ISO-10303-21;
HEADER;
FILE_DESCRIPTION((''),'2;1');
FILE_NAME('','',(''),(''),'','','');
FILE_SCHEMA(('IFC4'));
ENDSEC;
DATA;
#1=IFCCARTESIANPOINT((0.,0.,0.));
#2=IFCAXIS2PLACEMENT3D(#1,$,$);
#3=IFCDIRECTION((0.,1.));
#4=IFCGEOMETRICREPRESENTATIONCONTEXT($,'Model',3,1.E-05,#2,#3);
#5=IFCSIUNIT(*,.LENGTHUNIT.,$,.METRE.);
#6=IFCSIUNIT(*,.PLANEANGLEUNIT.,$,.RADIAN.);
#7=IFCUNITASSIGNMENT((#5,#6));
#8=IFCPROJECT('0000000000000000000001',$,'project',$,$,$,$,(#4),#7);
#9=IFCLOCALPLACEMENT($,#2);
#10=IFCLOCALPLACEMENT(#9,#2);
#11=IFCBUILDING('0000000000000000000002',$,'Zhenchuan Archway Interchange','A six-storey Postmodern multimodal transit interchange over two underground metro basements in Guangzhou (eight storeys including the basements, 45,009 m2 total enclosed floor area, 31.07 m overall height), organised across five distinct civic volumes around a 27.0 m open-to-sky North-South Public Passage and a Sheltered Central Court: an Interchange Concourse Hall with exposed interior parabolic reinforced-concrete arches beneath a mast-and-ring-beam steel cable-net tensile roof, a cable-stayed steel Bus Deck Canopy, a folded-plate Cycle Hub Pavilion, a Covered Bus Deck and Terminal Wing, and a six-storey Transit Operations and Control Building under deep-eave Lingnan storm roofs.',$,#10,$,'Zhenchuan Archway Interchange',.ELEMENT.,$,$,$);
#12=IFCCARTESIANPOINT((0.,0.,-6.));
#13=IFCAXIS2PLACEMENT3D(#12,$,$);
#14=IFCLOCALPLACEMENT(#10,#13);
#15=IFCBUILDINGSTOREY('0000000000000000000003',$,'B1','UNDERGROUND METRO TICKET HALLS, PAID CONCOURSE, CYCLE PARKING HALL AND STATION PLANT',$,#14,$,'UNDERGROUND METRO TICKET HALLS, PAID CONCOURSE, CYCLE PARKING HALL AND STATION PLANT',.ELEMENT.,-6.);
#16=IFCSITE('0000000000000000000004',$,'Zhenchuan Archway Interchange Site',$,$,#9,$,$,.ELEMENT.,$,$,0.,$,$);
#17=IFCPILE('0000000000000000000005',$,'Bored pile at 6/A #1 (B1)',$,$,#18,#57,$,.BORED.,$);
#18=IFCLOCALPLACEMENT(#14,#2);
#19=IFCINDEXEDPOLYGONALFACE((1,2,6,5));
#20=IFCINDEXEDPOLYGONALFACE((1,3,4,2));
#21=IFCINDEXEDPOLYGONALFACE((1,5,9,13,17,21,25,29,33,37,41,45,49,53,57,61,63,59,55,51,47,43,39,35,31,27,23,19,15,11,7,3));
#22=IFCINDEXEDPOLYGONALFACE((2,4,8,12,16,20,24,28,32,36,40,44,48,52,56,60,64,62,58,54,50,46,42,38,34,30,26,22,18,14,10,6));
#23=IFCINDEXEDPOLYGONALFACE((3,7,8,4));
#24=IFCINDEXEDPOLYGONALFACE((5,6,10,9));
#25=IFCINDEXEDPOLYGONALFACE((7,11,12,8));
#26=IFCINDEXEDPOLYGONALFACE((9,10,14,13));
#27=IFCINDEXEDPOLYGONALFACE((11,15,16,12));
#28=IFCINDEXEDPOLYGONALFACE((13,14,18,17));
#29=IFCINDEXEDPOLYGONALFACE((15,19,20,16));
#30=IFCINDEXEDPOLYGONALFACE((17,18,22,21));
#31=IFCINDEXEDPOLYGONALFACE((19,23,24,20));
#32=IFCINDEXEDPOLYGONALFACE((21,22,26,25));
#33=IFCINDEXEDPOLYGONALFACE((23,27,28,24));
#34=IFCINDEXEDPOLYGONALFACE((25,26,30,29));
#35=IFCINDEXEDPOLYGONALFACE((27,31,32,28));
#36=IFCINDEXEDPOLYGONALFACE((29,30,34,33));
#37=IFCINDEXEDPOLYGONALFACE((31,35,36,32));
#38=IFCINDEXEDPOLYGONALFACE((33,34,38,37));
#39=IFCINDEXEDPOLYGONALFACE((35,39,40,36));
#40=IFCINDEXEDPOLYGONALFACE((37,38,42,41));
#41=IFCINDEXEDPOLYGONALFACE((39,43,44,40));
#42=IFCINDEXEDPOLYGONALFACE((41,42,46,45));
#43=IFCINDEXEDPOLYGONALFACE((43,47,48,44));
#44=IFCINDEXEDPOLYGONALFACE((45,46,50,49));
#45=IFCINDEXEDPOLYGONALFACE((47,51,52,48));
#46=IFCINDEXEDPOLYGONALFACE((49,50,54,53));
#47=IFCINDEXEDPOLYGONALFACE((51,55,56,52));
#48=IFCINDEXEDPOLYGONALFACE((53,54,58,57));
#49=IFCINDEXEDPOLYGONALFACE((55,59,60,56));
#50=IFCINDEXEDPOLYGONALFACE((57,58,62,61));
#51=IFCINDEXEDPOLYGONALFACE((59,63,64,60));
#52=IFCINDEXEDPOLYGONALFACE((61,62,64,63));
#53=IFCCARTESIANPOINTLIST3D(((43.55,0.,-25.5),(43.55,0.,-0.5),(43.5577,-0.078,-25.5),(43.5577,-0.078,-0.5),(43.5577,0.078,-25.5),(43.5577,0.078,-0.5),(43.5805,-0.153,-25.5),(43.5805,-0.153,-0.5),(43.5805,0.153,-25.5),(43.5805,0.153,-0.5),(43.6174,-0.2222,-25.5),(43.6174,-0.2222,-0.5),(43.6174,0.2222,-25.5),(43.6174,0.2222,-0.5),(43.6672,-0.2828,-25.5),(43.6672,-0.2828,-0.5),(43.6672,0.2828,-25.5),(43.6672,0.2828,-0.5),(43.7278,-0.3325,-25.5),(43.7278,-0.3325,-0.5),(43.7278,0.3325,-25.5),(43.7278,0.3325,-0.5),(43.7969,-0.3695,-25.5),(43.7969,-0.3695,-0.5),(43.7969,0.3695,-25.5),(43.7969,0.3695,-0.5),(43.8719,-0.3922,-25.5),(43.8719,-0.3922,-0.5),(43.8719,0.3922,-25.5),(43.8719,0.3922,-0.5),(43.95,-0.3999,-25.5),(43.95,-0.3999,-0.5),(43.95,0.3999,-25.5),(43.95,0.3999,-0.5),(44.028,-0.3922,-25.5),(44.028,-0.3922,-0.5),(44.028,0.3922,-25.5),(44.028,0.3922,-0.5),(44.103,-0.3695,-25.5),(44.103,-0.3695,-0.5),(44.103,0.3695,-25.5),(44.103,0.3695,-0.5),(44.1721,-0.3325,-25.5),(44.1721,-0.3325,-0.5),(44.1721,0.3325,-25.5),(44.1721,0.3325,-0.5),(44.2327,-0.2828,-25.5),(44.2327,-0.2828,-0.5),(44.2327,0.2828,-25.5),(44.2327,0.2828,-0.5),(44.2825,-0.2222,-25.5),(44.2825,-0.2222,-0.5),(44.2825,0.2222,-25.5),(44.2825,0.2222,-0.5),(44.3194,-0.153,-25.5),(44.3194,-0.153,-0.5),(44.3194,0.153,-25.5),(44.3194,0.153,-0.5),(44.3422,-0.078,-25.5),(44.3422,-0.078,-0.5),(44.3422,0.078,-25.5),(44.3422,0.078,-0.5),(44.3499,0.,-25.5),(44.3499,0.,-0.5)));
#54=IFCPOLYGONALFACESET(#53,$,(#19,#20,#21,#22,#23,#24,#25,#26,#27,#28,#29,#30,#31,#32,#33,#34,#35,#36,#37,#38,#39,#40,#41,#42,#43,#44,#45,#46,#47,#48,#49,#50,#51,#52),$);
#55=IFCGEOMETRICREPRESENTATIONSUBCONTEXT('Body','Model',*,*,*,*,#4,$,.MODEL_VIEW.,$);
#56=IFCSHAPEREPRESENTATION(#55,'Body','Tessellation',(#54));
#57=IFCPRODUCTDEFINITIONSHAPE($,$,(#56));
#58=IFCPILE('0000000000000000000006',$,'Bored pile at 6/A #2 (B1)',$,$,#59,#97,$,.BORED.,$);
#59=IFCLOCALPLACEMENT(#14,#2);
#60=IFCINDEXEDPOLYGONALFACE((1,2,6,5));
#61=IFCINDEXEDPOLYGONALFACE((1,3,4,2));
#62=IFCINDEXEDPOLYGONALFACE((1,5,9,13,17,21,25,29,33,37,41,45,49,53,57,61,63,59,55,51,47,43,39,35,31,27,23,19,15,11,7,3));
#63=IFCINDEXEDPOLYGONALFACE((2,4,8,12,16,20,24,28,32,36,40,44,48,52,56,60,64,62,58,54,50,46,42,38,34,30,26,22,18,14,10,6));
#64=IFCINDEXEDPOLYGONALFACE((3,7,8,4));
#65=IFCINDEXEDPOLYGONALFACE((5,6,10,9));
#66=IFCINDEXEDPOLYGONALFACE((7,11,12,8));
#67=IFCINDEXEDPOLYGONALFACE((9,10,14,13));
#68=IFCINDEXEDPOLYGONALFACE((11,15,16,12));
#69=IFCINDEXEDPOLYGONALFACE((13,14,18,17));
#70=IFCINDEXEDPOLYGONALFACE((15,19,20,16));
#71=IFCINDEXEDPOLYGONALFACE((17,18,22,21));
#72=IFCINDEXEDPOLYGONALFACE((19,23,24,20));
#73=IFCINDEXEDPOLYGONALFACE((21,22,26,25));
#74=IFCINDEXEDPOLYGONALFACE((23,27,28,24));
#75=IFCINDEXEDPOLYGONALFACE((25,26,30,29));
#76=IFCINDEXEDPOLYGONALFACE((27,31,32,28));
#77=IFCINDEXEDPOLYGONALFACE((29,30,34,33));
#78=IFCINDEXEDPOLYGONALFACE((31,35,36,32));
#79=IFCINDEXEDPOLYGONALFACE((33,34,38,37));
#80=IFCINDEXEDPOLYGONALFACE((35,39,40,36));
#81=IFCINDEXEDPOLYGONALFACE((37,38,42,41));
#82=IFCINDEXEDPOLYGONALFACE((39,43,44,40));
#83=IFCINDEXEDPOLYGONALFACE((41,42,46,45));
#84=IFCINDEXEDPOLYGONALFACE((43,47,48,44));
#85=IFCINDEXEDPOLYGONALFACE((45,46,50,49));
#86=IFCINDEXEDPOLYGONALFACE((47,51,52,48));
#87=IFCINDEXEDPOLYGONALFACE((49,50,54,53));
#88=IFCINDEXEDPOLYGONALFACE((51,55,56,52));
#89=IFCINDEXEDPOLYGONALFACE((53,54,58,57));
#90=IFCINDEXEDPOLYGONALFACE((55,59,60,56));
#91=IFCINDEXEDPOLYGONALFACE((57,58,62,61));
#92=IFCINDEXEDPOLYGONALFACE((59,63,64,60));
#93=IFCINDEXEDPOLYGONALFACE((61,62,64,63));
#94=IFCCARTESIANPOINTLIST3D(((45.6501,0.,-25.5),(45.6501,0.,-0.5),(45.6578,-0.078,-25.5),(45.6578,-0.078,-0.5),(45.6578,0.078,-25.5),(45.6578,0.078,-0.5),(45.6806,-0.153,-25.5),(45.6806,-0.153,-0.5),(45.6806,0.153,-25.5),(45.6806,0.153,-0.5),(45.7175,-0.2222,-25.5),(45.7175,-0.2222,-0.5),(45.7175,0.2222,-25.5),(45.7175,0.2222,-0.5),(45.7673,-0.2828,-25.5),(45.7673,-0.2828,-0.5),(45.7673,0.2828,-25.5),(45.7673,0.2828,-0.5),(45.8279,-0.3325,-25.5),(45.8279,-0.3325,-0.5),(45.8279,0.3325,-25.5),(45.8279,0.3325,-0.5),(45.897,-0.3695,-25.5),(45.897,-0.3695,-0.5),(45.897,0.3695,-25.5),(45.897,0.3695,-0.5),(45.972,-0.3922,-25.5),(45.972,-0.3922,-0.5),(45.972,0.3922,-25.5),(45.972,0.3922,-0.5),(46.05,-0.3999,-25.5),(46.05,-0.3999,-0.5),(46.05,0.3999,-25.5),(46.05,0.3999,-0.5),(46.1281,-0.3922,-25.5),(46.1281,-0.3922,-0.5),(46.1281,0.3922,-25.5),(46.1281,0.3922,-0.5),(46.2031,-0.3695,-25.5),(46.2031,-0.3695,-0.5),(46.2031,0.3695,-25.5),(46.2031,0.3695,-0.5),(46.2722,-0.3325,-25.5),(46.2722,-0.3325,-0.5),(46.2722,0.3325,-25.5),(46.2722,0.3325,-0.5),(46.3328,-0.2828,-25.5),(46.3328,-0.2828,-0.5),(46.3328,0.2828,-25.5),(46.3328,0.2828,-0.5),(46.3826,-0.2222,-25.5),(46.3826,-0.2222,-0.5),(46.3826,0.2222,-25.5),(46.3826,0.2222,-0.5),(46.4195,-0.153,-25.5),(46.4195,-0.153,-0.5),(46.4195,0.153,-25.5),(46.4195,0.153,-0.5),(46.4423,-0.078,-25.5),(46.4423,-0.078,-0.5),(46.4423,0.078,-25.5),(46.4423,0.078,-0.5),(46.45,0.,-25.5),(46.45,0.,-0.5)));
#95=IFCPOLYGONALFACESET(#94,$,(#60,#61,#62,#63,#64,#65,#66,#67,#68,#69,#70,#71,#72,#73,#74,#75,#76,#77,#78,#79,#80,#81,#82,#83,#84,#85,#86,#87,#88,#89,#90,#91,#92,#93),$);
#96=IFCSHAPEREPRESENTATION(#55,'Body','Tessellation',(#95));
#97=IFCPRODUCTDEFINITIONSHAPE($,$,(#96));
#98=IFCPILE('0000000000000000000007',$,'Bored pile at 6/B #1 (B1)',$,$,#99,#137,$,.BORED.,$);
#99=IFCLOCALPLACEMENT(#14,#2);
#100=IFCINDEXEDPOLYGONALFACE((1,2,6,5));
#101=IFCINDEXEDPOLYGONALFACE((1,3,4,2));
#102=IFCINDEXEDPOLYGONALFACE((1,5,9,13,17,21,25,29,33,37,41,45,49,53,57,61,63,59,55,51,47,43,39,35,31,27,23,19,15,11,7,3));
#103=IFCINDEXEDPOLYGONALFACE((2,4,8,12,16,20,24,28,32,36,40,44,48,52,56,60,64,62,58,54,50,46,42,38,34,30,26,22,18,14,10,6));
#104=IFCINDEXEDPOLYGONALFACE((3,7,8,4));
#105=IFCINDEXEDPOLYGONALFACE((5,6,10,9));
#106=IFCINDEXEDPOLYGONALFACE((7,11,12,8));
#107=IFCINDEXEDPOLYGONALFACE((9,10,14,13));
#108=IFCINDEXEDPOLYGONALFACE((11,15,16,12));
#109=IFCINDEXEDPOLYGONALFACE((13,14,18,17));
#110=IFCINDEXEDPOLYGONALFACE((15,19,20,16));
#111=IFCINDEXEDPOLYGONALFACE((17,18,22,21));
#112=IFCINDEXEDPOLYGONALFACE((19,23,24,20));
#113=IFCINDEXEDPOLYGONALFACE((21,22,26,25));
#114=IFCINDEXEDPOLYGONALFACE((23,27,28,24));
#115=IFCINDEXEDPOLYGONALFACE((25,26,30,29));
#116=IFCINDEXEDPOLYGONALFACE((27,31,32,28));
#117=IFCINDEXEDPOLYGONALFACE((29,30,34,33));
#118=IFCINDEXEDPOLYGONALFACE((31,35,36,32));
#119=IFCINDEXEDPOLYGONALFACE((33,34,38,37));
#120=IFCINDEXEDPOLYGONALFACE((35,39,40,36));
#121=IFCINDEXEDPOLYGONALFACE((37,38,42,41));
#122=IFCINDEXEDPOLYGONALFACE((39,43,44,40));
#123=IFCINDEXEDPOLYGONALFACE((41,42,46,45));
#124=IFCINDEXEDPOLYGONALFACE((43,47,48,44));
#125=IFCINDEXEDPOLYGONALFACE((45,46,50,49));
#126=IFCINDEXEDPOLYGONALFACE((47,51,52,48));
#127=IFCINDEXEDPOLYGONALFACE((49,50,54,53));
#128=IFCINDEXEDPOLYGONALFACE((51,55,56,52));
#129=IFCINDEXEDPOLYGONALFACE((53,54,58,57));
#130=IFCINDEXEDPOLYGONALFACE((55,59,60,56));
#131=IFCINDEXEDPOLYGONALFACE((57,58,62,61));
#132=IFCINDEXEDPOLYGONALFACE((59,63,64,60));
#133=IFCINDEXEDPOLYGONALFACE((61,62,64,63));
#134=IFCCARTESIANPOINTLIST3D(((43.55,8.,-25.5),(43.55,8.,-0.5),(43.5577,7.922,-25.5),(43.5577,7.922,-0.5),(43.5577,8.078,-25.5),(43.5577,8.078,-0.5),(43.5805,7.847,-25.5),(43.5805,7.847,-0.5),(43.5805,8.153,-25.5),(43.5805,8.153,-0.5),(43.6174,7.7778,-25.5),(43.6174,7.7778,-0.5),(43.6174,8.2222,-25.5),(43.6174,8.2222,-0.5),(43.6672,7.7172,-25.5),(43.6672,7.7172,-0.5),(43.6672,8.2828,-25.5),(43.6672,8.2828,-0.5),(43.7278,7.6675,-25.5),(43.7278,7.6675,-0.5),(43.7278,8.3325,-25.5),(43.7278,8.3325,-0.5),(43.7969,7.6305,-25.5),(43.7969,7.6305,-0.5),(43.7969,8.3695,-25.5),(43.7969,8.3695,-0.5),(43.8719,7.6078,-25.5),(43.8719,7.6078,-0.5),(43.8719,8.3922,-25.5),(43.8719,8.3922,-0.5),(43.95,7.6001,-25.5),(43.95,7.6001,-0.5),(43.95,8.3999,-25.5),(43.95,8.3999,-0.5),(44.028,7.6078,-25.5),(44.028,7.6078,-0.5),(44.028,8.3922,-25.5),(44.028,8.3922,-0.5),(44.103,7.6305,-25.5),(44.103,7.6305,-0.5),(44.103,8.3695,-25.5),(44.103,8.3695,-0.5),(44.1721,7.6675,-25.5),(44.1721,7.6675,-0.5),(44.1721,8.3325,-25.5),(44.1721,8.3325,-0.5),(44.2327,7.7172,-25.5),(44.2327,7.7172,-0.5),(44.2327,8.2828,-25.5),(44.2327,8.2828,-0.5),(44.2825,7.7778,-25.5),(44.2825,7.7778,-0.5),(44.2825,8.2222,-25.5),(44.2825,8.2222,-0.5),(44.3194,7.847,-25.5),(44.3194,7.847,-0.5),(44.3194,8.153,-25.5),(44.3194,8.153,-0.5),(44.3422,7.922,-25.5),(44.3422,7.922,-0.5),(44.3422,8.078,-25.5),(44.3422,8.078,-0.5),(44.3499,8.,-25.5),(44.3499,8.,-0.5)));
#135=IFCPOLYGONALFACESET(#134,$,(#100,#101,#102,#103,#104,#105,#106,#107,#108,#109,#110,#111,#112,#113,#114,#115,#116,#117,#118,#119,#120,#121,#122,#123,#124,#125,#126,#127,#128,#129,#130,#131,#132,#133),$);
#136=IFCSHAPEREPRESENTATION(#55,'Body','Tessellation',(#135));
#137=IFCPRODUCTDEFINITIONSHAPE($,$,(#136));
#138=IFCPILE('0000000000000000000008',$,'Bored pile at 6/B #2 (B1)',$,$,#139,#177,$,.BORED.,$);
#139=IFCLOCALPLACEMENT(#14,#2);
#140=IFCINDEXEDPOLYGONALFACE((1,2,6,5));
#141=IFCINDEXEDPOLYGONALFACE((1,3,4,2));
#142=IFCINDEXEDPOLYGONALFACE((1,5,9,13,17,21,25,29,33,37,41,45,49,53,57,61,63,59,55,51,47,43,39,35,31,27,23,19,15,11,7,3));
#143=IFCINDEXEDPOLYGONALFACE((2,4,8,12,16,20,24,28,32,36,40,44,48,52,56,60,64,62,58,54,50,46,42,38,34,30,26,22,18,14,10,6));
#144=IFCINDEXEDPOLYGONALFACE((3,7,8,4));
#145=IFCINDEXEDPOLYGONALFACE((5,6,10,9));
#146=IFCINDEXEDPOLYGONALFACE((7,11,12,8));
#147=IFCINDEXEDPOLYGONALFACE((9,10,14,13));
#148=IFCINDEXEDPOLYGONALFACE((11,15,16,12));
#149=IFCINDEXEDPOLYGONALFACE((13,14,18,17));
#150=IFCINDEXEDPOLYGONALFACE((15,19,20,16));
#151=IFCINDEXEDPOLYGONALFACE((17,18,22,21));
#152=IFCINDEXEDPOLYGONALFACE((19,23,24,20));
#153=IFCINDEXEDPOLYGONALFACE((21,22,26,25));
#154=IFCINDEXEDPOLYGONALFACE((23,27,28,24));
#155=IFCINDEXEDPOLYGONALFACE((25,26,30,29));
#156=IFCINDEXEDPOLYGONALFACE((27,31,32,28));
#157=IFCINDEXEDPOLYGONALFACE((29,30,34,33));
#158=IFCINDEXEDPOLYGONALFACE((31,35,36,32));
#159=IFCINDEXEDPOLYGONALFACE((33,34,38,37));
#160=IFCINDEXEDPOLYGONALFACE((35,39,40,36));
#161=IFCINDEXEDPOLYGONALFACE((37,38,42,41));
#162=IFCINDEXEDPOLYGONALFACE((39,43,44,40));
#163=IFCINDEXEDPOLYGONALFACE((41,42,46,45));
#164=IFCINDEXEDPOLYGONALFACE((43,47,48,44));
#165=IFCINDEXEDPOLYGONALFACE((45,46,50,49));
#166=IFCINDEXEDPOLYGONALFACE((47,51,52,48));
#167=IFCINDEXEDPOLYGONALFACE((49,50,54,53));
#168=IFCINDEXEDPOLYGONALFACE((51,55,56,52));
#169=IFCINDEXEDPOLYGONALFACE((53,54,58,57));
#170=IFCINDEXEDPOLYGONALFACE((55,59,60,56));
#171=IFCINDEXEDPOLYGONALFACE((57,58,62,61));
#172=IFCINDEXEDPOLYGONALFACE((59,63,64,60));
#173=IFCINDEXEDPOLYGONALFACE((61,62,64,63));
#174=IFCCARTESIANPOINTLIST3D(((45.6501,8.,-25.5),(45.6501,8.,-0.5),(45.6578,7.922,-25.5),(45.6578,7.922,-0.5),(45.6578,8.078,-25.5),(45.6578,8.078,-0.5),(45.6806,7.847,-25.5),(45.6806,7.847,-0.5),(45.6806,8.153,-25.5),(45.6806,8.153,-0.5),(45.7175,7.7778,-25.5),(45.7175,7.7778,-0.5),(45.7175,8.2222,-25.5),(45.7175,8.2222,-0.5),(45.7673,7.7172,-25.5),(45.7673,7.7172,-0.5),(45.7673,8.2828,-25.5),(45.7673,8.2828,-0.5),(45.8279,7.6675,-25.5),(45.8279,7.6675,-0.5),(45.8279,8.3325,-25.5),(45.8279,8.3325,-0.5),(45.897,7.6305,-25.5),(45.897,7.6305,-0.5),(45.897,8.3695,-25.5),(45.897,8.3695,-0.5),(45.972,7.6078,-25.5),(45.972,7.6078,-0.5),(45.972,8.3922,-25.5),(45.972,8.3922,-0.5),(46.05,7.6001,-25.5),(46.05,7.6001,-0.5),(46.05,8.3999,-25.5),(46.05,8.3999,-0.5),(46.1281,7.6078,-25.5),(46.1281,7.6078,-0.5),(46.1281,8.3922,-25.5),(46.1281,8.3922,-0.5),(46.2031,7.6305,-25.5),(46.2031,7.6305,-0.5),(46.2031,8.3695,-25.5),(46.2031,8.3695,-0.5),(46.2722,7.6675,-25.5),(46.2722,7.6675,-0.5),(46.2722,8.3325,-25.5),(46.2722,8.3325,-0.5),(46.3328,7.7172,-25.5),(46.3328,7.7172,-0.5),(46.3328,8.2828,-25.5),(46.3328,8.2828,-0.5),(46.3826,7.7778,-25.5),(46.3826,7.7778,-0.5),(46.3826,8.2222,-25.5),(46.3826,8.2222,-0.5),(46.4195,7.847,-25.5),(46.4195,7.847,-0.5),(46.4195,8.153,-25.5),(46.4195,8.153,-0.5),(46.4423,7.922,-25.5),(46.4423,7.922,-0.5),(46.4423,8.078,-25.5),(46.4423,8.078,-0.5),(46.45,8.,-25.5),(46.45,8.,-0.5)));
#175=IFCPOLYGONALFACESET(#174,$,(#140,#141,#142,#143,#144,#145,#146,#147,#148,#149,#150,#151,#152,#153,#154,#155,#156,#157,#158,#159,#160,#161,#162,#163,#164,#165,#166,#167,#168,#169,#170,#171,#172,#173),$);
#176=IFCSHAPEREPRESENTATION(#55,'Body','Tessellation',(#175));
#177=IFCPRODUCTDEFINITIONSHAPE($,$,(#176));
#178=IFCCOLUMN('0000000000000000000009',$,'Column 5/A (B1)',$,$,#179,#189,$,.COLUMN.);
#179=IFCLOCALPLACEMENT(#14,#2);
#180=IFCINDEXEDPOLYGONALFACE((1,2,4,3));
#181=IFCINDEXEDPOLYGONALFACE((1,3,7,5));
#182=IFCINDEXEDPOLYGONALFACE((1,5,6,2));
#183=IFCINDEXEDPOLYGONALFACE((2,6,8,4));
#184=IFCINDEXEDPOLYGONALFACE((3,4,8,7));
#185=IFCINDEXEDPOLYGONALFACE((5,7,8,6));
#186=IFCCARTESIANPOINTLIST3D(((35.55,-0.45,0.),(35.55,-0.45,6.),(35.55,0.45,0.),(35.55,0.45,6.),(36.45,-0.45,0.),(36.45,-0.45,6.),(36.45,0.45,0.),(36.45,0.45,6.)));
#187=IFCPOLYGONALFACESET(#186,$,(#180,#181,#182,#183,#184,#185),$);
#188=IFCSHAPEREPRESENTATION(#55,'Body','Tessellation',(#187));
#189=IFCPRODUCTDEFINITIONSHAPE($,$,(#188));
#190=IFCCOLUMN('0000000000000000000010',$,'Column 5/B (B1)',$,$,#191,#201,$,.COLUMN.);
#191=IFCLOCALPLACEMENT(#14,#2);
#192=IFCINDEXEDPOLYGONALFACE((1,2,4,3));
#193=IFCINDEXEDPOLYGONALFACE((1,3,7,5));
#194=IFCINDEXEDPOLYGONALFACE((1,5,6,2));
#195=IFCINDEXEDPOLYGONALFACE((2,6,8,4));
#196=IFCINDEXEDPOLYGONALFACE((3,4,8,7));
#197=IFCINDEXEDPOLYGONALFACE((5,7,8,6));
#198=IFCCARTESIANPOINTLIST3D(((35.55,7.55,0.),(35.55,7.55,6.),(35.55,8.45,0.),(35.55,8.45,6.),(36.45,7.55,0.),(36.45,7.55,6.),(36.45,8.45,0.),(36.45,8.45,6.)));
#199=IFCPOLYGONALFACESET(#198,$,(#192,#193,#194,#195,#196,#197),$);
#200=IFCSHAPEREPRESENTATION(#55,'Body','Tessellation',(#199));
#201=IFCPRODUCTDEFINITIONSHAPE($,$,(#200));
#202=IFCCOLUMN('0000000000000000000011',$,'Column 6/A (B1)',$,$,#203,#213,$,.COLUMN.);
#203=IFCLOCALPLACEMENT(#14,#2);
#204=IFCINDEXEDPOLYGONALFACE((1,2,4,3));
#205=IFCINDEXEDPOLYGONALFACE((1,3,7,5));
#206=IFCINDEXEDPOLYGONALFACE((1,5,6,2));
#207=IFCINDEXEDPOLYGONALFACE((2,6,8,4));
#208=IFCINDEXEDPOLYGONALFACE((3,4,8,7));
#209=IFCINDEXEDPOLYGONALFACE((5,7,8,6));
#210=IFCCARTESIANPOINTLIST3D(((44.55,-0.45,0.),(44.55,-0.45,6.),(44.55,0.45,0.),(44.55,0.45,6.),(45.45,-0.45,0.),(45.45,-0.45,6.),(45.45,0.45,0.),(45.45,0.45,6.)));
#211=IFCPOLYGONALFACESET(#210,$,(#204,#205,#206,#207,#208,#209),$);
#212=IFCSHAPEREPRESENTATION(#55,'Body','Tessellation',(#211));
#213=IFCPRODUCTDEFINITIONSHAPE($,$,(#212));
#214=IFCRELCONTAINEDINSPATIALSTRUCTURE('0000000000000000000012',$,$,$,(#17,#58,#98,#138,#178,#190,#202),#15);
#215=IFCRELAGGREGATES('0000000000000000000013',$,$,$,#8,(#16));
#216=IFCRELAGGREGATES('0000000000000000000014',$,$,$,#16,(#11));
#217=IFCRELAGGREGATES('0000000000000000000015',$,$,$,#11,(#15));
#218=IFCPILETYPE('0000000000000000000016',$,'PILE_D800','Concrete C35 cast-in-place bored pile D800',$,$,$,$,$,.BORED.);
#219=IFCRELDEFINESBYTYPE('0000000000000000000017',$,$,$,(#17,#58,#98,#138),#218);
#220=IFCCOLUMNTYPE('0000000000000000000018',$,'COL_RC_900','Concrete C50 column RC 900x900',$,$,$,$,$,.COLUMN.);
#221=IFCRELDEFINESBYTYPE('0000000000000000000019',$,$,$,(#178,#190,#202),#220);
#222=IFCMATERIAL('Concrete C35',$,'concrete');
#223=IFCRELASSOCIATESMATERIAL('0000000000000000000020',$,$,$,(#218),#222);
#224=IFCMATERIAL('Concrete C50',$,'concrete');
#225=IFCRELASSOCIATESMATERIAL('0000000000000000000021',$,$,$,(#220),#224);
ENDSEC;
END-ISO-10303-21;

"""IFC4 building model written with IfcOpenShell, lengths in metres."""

from ifc_helpers import new_model, si_unit, direction, frame, origin, origin_2d, place, context, subcontext, project, spatial, rectangle, circle, extrude, material, material_profile, profile_set, type_object, element, save


model = new_model("IFC4")

# Units and contexts
model_context = context("Model", 3, precision=1e-05, world=origin(), true_north=direction((0.0, 1.0)))
body_context = subcontext(model_context, "Body", "Model", "MODEL_VIEW")
ifc_project = project(units=[si_unit("LENGTHUNIT", "METRE"), si_unit("PLANEANGLEUNIT", "RADIAN")], contexts=[model_context])

# Site, building, storey
site_placement = place(None, origin())
site = spatial("IfcSite", under=ifc_project, at=site_placement, Name="Zhenchuan Archway Interchange Site", CompositionType="ELEMENT", RefElevation=0.0)
building_placement = place(site_placement, origin())
building = spatial("IfcBuilding", under=site, at=building_placement, Name="Zhenchuan Archway Interchange", Description="A six-storey Postmodern multimodal transit interchange over two underground metro basements in Guangzhou (eight storeys including the basements, 45,009 m2 total enclosed floor area, 31.07 m overall height), organised across five distinct civic volumes around a 27.0 m open-to-sky North-South Public Passage and a Sheltered Central Court: an Interchange Concourse Hall with exposed interior parabolic reinforced-concrete arches beneath a mast-and-ring-beam steel cable-net tensile roof, a cable-stayed steel Bus Deck Canopy, a folded-plate Cycle Hub Pavilion, a Covered Bus Deck and Terminal Wing, and a six-storey Transit Operations and Control Building under deep-eave Lingnan storm roofs.", LongName="Zhenchuan Archway Interchange", CompositionType="ELEMENT")
storey_placement = place(building_placement, frame((0.0, 0.0, -6.0)))
storey = spatial("IfcBuildingStorey", under=building, at=storey_placement, Name="B1", Description="UNDERGROUND METRO TICKET HALLS, PAID CONCOURSE, CYCLE PARKING HALL AND STATION PLANT", LongName="UNDERGROUND METRO TICKET HALLS, PAID CONCOURSE, CYCLE PARKING HALL AND STATION PLANT", CompositionType="ELEMENT", Elevation=-6.0)

# Piles
ifc_material_1 = material(Name="Concrete C35", Category="concrete")
ifc_material_profile_1 = material_profile(ifc_material_1, circle(Radius=0.3999, at=origin_2d()), Name="BORED PILE 800")
ifc_profile_set_1 = profile_set([ifc_material_profile_1], Name="Concrete C35")
pile_type = type_object("IfcPileType", Name="PILE_D800", Description="Concrete C35 cast-in-place bored pile D800", PredefinedType="BORED", material=ifc_profile_set_1)
for number, where, z_axis, x_axis, name in (
    (1, (43.95, 0.0, -0.5), (0.0, 0.0, -1.0), (1.0, 0.0, 0.0), "Bored pile at 6/A #1 (B1)"),
    (2, (46.05, 0.0, -0.5), (0.0, 0.0, -1.0), (1.0, 0.0, 0.0), "Bored pile at 6/A #2 (B1)"),
    (3, (43.95, 8.0, -0.5), (0.0, 0.0, -1.0), (1.0, 0.0, 0.0), "Bored pile at 6/B #1 (B1)"),
    (4, (46.05, 8.0, -0.5), (0.0, 0.0, -1.0), (1.0, 0.0, 0.0), "Bored pile at 6/B #2 (B1)"),
):
    element("IfcPile", number, at=place(storey_placement, frame(where, z_axis=z_axis, x_axis=x_axis)), inside=storey, type_object=pile_type, Name=name, PredefinedType="BORED", context=body_context, shape_type="SweptSolid", body=[
        extrude(circle(Radius=0.3999, at=origin_2d()), origin(), (0.0, 0.0, 1.0), 25.0),
    ])

# Columns
ifc_material_2 = material(Name="Concrete C50", Category="concrete")
ifc_material_profile_2 = material_profile(ifc_material_2, rectangle(XDim=0.8999, YDim=0.8999, at=origin_2d()), Name="RC 900x900")
ifc_profile_set_2 = profile_set([ifc_material_profile_2], Name="Concrete C50")
column_type = type_object("IfcColumnType", Name="COL_RC_900", Description="Concrete C50 column RC 900x900", PredefinedType="COLUMN", material=ifc_profile_set_2)
for number, where, z_axis, x_axis, name in (
    (5, (36.0, 0.0, 0.0), (0.0, 0.0, 1.0), (1.0, 0.0, 0.0), "Column 5/A (B1)"),
    (6, (36.0, 8.0, 0.0), (0.0, 0.0, 1.0), (1.0, 0.0, 0.0), "Column 5/B (B1)"),
    (7, (45.0, 0.0, 0.0), (0.0, 0.0, 1.0), (1.0, 0.0, 0.0), "Column 6/A (B1)"),
):
    element("IfcColumn", number, at=place(storey_placement, frame(where, z_axis=z_axis, x_axis=x_axis)), inside=storey, type_object=column_type, Name=name, PredefinedType="COLUMN", context=body_context, shape_type="SweptSolid", body=[
        extrude(rectangle(XDim=0.8999, YDim=0.8999, at=origin_2d()), origin(), (0.0, 0.0, 1.0), 6.0),
    ])

save(model, "model.ifc")
